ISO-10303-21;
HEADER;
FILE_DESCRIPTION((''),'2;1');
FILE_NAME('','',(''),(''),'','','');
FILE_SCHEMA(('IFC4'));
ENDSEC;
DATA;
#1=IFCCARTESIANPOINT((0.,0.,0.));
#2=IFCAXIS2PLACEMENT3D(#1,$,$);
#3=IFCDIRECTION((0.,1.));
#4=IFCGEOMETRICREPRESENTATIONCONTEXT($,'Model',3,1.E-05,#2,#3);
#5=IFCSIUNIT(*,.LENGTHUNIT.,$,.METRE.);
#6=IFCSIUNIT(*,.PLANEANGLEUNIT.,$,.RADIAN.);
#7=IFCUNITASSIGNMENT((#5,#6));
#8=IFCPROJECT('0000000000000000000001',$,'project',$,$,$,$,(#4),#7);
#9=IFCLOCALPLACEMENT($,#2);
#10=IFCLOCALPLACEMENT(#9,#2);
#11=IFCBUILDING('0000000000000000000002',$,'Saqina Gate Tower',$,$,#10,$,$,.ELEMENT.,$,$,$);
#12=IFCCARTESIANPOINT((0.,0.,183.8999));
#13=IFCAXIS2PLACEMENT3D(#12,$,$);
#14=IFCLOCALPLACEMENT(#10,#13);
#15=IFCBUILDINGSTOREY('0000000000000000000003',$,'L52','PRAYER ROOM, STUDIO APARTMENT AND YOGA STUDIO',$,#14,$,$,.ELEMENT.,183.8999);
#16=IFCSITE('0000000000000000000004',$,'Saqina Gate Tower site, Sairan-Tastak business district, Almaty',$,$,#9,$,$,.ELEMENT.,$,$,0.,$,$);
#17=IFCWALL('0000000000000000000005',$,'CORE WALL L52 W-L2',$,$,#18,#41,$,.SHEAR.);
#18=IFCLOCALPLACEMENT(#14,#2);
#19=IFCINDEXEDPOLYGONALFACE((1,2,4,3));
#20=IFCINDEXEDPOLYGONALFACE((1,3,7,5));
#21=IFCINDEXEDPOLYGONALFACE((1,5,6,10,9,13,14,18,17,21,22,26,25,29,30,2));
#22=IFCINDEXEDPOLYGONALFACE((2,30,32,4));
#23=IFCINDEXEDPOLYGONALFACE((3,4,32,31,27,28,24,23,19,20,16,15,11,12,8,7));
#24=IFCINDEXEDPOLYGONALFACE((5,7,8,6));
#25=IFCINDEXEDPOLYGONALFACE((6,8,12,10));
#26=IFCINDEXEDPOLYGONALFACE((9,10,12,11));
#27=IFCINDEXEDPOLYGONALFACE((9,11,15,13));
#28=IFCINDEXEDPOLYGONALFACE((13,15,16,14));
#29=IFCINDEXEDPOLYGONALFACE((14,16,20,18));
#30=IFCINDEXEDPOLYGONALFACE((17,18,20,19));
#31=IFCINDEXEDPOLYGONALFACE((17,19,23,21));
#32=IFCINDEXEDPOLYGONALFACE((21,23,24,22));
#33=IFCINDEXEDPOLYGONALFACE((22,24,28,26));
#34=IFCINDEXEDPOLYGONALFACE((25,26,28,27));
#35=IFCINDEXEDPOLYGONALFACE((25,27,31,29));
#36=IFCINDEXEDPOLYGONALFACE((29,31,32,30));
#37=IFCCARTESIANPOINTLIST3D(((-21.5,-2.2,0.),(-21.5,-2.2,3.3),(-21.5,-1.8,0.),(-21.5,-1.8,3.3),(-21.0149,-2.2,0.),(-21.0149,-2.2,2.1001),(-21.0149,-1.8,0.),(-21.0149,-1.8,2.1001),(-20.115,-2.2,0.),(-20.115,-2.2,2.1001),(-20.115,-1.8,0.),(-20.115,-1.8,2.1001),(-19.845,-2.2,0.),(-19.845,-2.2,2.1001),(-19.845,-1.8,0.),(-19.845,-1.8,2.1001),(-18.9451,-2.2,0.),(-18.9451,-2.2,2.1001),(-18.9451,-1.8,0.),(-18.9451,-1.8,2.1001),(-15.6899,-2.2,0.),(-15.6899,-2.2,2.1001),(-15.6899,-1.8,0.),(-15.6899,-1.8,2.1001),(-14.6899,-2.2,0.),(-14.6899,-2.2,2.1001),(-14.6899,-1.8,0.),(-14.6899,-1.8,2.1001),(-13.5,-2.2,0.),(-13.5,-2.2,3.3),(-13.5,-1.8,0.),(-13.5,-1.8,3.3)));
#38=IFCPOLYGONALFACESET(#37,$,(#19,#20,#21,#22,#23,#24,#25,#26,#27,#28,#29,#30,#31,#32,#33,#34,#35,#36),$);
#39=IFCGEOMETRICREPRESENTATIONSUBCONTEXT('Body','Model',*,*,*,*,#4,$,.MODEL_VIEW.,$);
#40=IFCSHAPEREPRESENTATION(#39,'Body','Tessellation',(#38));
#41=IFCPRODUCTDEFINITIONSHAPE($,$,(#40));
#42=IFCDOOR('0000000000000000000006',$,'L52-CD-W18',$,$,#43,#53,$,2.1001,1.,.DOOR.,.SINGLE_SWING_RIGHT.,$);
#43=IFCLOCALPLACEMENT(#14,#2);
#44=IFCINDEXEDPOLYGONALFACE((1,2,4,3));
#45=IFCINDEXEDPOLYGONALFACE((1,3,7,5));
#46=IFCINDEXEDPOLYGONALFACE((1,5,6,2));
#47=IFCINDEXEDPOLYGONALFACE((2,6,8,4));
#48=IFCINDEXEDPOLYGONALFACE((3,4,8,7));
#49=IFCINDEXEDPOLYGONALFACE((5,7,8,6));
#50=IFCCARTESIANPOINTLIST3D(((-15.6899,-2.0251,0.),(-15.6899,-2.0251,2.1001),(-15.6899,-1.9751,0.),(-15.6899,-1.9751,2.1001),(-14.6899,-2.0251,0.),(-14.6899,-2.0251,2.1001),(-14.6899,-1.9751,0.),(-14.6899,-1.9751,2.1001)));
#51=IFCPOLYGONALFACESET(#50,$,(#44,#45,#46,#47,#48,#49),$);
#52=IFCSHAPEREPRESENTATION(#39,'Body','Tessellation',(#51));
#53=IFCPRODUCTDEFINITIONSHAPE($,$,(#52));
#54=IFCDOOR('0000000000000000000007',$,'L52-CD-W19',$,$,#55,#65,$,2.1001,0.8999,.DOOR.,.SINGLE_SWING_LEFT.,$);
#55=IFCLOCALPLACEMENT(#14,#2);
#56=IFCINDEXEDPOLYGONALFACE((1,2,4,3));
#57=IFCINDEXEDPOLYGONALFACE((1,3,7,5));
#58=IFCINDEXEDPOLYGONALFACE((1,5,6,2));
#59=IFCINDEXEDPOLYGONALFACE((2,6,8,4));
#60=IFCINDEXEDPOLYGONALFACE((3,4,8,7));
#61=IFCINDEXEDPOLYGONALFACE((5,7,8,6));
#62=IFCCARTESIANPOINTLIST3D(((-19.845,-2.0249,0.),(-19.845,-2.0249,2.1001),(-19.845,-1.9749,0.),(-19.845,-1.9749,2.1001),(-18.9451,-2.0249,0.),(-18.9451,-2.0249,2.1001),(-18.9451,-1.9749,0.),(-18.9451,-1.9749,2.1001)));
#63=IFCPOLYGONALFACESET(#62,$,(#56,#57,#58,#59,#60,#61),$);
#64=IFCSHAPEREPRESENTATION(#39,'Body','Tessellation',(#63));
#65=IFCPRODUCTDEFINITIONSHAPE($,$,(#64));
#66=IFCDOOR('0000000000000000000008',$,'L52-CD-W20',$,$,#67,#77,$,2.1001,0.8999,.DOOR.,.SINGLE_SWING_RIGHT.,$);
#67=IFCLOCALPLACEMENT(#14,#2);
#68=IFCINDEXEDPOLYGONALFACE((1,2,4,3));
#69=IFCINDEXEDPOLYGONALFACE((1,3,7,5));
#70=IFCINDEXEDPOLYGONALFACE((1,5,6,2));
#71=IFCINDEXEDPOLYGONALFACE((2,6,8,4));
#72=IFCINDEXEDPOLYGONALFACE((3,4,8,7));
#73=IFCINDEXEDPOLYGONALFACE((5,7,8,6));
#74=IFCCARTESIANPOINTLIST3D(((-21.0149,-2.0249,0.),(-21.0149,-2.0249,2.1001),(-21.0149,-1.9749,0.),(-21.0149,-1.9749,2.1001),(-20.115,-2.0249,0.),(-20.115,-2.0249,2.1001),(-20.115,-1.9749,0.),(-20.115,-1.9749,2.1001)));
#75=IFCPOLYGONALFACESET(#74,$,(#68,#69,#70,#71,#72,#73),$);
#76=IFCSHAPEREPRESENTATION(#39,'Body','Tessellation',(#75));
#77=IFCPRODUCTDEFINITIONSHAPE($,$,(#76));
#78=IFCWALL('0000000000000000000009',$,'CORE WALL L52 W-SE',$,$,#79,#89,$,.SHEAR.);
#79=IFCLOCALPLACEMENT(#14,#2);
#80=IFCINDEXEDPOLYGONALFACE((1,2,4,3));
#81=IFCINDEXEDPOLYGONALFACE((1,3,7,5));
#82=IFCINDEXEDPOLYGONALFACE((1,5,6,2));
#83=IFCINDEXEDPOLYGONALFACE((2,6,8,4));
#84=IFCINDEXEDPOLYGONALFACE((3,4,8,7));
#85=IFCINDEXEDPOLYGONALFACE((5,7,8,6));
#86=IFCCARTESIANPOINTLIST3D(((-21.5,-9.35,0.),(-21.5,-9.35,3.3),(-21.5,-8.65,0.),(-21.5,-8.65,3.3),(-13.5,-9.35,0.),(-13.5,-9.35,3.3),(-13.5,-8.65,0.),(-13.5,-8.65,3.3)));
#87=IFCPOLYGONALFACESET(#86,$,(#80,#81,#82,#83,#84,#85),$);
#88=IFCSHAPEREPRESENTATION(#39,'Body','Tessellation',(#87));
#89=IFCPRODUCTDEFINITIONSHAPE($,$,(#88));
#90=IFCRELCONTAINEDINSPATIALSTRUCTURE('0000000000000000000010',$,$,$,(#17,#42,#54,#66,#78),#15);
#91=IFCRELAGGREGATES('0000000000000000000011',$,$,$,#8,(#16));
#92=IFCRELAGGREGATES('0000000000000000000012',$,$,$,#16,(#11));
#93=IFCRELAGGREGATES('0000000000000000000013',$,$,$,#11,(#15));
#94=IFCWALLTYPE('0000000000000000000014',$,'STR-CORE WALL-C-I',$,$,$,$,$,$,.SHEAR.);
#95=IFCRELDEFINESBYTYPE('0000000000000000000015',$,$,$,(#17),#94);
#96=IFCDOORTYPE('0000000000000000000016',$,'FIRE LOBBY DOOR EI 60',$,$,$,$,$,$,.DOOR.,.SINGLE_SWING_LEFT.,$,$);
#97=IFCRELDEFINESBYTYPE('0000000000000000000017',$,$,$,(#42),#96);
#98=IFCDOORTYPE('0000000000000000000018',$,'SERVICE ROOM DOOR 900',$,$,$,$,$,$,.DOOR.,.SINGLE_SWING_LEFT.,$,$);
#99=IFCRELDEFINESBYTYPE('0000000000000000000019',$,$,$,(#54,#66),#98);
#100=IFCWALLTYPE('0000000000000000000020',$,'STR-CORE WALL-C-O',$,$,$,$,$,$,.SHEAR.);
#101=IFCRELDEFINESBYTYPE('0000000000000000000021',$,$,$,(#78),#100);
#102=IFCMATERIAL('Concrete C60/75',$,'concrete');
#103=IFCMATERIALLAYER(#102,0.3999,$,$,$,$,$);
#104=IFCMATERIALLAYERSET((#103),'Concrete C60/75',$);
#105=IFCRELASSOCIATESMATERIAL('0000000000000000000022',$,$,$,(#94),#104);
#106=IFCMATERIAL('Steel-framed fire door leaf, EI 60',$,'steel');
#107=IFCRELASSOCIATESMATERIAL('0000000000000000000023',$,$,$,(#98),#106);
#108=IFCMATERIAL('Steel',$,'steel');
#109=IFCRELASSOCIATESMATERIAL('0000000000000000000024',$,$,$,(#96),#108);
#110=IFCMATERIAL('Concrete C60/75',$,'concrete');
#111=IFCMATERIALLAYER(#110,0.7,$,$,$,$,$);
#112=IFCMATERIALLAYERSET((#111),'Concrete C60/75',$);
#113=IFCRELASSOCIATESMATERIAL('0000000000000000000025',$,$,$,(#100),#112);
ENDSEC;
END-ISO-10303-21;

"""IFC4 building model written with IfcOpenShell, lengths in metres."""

from ifc_helpers import new_model, si_unit, direction, frame, frame_2d, origin, place, context, subcontext, project, spatial, rectangle, extrude, material, layer, layer_set, type_object, element, fill, save


model = new_model("IFC4")

# Units and contexts
model_context = context("Model", 3, precision=1e-05, world=origin(), true_north=direction((0.0, 1.0)))
body_context = subcontext(model_context, "Body", "Model", "MODEL_VIEW")
ifc_project = project(units=[si_unit("LENGTHUNIT", "METRE"), si_unit("PLANEANGLEUNIT", "RADIAN")], contexts=[model_context])

# Site, building, storey
site_placement = place(None, origin())
site = spatial("IfcSite", under=ifc_project, at=site_placement, Name="Saqina Gate Tower site, Sairan-Tastak business district, Almaty", CompositionType="ELEMENT", RefElevation=0.0)
building_placement = place(site_placement, origin())
building = spatial("IfcBuilding", under=site, at=building_placement, Name="Saqina Gate Tower", CompositionType="ELEMENT")
storey_placement = place(building_placement, frame((0.0, 0.0, 183.8999)))
storey = spatial("IfcBuildingStorey", under=building, at=storey_placement, Name="L52", Description="PRAYER ROOM, STUDIO APARTMENT AND YOGA STUDIO", CompositionType="ELEMENT", Elevation=183.8999)

# Wall, openings, doors
ifc_material_1 = material(Name="Concrete C60/75", Category="concrete")
ifc_layer_1 = layer(ifc_material_1, 0.3999)
ifc_layer_set_1 = layer_set([ifc_layer_1], Name="Concrete C60/75")
wall_type_1 = type_object("IfcWallType", Name="STR-CORE WALL-C-I", PredefinedType="SHEAR", material=ifc_layer_set_1)
ifc_material_2 = material(Name="Steel-framed fire door leaf, EI 60", Category="steel")
door_type_1 = type_object("IfcDoorType", Name="SERVICE ROOM DOOR 900", OperationType="SINGLE_SWING_LEFT", PredefinedType="DOOR", material=ifc_material_2)
wall_1_placement = place(storey_placement, frame((-13.5, -2.0, 0.0), z_axis=(0.0, 0.0, 1.0), x_axis=(-1.0, 0.0, 0.0)))
wall_1 = element("IfcWall", 1, at=wall_1_placement, inside=storey, type_object=wall_type_1, Name="CORE WALL L52 W-L2", PredefinedType="SHEAR", context=body_context, shape_type="SweptSolid", body=[
    extrude(rectangle(XDim=8.0, YDim=0.3999, at=frame_2d((4.0, 0.0))), origin(), (0.0, 0.0, 1.0), 3.3),
])
opening_1_placement = place(wall_1_placement, frame((1.1899, 0.0, 0.0)))
opening_1 = element("IfcOpeningElement", 2, at=opening_1_placement, cuts=wall_1, PredefinedType="OPENING", context=body_context, shape_type="SweptSolid", body=[
    extrude(rectangle(XDim=1.0, YDim=2.1001, at=frame_2d((0.5, 1.05))), frame((0.0, 0.2119, 0.0), z_axis=(0.0, -1.0, 0.0), x_axis=(1.0, 0.0, 0.0)), (0.0, 0.0, 1.0), 0.4238),
])
opening_2_placement = place(wall_1_placement, frame((5.4451, 0.0, 0.0)))
opening_2 = element("IfcOpeningElement", 3, at=opening_2_placement, cuts=wall_1, PredefinedType="OPENING", context=body_context, shape_type="SweptSolid", body=[
    extrude(rectangle(XDim=0.8999, YDim=2.1001, at=frame_2d((0.45, 1.05))), frame((0.0, 0.2119, 0.0), z_axis=(0.0, -1.0, 0.0), x_axis=(1.0, 0.0, 0.0)), (0.0, 0.0, 1.0), 0.4238),
])
opening_3_placement = place(wall_1_placement, frame((6.615, 0.0, 0.0)))
opening_3 = element("IfcOpeningElement", 4, at=opening_3_placement, cuts=wall_1, PredefinedType="OPENING", context=body_context, shape_type="SweptSolid", body=[
    extrude(rectangle(XDim=0.8999, YDim=2.1001, at=frame_2d((0.45, 1.05))), frame((0.0, 0.2119, 0.0), z_axis=(0.0, -1.0, 0.0), x_axis=(1.0, 0.0, 0.0)), (0.0, 0.0, 1.0), 0.4238),
])
ifc_material_3 = material(Name="Steel", Category="steel")
door_type_2 = type_object("IfcDoorType", Name="FIRE LOBBY DOOR EI 60", OperationType="SINGLE_SWING_LEFT", PredefinedType="DOOR", material=ifc_material_3)
door_1_placement = place(opening_1_placement, frame((1.0, 0.0, 0.0), z_axis=(0.0, 0.0, 1.0), x_axis=(-1.0, 0.0, 0.0)))
door_1 = element("IfcDoor", 5, at=door_1_placement, inside=storey, type_object=door_type_2, Name="L52-CD-W18", OperationType="SINGLE_SWING_RIGHT", OverallHeight=2.1001, OverallWidth=1.0, PredefinedType="DOOR", context=body_context, shape_type="SweptSolid", body=[
    extrude(rectangle(XDim=1.0, YDim=2.1001, at=frame_2d((0.5, 1.05))), frame((0.0, 0.0249, 0.0), z_axis=(0.0, -1.0, 0.0), x_axis=(1.0, 0.0, 0.0)), (0.0, 0.0, 1.0), 0.05),
])
fill(opening_1, door_1)
door_2_placement = place(opening_2_placement, origin())
door_2 = element("IfcDoor", 6, at=door_2_placement, inside=storey, type_object=door_type_1, Name="L52-CD-W19", OperationType="SINGLE_SWING_LEFT", OverallHeight=2.1001, OverallWidth=0.8999, PredefinedType="DOOR", context=body_context, shape_type="SweptSolid", body=[
    extrude(rectangle(XDim=0.8999, YDim=2.1001, at=frame_2d((0.45, 1.05))), frame((0.0, 0.0249, 0.0), z_axis=(0.0, -1.0, 0.0), x_axis=(1.0, 0.0, 0.0)), (0.0, 0.0, 1.0), 0.05),
])
fill(opening_2, door_2)
door_3_placement = place(opening_3_placement, origin())
door_3 = element("IfcDoor", 7, at=door_3_placement, inside=storey, type_object=door_type_1, Name="L52-CD-W20", OperationType="SINGLE_SWING_RIGHT", OverallHeight=2.1001, OverallWidth=0.8999, PredefinedType="DOOR", context=body_context, shape_type="SweptSolid", body=[
    extrude(rectangle(XDim=0.8999, YDim=2.1001, at=frame_2d((0.45, 1.05))), frame((0.0, 0.0249, 0.0), z_axis=(0.0, -1.0, 0.0), x_axis=(1.0, 0.0, 0.0)), (0.0, 0.0, 1.0), 0.05),
])
fill(opening_3, door_3)
ifc_material_4 = material(Name="Concrete C60/75", Category="concrete")
ifc_layer_2 = layer(ifc_material_4, 0.7)
ifc_layer_set_2 = layer_set([ifc_layer_2], Name="Concrete C60/75")
wall_type_2 = type_object("IfcWallType", Name="STR-CORE WALL-C-O", PredefinedType="SHEAR", material=ifc_layer_set_2)

# Wall
wall_2_placement = place(storey_placement, frame((-13.5, -9.0, 0.0), z_axis=(0.0, 0.0, 1.0), x_axis=(-1.0, 0.0, 0.0)))
element("IfcWall", 8, at=wall_2_placement, inside=storey, type_object=wall_type_2, Name="CORE WALL L52 W-SE", PredefinedType="SHEAR", context=body_context, shape_type="SweptSolid", body=[
    extrude(rectangle(XDim=8.0, YDim=0.7, at=frame_2d((4.0, 0.0))), origin(), (0.0, 0.0, 1.0), 3.3),
])

save(model, "model.ifc")
